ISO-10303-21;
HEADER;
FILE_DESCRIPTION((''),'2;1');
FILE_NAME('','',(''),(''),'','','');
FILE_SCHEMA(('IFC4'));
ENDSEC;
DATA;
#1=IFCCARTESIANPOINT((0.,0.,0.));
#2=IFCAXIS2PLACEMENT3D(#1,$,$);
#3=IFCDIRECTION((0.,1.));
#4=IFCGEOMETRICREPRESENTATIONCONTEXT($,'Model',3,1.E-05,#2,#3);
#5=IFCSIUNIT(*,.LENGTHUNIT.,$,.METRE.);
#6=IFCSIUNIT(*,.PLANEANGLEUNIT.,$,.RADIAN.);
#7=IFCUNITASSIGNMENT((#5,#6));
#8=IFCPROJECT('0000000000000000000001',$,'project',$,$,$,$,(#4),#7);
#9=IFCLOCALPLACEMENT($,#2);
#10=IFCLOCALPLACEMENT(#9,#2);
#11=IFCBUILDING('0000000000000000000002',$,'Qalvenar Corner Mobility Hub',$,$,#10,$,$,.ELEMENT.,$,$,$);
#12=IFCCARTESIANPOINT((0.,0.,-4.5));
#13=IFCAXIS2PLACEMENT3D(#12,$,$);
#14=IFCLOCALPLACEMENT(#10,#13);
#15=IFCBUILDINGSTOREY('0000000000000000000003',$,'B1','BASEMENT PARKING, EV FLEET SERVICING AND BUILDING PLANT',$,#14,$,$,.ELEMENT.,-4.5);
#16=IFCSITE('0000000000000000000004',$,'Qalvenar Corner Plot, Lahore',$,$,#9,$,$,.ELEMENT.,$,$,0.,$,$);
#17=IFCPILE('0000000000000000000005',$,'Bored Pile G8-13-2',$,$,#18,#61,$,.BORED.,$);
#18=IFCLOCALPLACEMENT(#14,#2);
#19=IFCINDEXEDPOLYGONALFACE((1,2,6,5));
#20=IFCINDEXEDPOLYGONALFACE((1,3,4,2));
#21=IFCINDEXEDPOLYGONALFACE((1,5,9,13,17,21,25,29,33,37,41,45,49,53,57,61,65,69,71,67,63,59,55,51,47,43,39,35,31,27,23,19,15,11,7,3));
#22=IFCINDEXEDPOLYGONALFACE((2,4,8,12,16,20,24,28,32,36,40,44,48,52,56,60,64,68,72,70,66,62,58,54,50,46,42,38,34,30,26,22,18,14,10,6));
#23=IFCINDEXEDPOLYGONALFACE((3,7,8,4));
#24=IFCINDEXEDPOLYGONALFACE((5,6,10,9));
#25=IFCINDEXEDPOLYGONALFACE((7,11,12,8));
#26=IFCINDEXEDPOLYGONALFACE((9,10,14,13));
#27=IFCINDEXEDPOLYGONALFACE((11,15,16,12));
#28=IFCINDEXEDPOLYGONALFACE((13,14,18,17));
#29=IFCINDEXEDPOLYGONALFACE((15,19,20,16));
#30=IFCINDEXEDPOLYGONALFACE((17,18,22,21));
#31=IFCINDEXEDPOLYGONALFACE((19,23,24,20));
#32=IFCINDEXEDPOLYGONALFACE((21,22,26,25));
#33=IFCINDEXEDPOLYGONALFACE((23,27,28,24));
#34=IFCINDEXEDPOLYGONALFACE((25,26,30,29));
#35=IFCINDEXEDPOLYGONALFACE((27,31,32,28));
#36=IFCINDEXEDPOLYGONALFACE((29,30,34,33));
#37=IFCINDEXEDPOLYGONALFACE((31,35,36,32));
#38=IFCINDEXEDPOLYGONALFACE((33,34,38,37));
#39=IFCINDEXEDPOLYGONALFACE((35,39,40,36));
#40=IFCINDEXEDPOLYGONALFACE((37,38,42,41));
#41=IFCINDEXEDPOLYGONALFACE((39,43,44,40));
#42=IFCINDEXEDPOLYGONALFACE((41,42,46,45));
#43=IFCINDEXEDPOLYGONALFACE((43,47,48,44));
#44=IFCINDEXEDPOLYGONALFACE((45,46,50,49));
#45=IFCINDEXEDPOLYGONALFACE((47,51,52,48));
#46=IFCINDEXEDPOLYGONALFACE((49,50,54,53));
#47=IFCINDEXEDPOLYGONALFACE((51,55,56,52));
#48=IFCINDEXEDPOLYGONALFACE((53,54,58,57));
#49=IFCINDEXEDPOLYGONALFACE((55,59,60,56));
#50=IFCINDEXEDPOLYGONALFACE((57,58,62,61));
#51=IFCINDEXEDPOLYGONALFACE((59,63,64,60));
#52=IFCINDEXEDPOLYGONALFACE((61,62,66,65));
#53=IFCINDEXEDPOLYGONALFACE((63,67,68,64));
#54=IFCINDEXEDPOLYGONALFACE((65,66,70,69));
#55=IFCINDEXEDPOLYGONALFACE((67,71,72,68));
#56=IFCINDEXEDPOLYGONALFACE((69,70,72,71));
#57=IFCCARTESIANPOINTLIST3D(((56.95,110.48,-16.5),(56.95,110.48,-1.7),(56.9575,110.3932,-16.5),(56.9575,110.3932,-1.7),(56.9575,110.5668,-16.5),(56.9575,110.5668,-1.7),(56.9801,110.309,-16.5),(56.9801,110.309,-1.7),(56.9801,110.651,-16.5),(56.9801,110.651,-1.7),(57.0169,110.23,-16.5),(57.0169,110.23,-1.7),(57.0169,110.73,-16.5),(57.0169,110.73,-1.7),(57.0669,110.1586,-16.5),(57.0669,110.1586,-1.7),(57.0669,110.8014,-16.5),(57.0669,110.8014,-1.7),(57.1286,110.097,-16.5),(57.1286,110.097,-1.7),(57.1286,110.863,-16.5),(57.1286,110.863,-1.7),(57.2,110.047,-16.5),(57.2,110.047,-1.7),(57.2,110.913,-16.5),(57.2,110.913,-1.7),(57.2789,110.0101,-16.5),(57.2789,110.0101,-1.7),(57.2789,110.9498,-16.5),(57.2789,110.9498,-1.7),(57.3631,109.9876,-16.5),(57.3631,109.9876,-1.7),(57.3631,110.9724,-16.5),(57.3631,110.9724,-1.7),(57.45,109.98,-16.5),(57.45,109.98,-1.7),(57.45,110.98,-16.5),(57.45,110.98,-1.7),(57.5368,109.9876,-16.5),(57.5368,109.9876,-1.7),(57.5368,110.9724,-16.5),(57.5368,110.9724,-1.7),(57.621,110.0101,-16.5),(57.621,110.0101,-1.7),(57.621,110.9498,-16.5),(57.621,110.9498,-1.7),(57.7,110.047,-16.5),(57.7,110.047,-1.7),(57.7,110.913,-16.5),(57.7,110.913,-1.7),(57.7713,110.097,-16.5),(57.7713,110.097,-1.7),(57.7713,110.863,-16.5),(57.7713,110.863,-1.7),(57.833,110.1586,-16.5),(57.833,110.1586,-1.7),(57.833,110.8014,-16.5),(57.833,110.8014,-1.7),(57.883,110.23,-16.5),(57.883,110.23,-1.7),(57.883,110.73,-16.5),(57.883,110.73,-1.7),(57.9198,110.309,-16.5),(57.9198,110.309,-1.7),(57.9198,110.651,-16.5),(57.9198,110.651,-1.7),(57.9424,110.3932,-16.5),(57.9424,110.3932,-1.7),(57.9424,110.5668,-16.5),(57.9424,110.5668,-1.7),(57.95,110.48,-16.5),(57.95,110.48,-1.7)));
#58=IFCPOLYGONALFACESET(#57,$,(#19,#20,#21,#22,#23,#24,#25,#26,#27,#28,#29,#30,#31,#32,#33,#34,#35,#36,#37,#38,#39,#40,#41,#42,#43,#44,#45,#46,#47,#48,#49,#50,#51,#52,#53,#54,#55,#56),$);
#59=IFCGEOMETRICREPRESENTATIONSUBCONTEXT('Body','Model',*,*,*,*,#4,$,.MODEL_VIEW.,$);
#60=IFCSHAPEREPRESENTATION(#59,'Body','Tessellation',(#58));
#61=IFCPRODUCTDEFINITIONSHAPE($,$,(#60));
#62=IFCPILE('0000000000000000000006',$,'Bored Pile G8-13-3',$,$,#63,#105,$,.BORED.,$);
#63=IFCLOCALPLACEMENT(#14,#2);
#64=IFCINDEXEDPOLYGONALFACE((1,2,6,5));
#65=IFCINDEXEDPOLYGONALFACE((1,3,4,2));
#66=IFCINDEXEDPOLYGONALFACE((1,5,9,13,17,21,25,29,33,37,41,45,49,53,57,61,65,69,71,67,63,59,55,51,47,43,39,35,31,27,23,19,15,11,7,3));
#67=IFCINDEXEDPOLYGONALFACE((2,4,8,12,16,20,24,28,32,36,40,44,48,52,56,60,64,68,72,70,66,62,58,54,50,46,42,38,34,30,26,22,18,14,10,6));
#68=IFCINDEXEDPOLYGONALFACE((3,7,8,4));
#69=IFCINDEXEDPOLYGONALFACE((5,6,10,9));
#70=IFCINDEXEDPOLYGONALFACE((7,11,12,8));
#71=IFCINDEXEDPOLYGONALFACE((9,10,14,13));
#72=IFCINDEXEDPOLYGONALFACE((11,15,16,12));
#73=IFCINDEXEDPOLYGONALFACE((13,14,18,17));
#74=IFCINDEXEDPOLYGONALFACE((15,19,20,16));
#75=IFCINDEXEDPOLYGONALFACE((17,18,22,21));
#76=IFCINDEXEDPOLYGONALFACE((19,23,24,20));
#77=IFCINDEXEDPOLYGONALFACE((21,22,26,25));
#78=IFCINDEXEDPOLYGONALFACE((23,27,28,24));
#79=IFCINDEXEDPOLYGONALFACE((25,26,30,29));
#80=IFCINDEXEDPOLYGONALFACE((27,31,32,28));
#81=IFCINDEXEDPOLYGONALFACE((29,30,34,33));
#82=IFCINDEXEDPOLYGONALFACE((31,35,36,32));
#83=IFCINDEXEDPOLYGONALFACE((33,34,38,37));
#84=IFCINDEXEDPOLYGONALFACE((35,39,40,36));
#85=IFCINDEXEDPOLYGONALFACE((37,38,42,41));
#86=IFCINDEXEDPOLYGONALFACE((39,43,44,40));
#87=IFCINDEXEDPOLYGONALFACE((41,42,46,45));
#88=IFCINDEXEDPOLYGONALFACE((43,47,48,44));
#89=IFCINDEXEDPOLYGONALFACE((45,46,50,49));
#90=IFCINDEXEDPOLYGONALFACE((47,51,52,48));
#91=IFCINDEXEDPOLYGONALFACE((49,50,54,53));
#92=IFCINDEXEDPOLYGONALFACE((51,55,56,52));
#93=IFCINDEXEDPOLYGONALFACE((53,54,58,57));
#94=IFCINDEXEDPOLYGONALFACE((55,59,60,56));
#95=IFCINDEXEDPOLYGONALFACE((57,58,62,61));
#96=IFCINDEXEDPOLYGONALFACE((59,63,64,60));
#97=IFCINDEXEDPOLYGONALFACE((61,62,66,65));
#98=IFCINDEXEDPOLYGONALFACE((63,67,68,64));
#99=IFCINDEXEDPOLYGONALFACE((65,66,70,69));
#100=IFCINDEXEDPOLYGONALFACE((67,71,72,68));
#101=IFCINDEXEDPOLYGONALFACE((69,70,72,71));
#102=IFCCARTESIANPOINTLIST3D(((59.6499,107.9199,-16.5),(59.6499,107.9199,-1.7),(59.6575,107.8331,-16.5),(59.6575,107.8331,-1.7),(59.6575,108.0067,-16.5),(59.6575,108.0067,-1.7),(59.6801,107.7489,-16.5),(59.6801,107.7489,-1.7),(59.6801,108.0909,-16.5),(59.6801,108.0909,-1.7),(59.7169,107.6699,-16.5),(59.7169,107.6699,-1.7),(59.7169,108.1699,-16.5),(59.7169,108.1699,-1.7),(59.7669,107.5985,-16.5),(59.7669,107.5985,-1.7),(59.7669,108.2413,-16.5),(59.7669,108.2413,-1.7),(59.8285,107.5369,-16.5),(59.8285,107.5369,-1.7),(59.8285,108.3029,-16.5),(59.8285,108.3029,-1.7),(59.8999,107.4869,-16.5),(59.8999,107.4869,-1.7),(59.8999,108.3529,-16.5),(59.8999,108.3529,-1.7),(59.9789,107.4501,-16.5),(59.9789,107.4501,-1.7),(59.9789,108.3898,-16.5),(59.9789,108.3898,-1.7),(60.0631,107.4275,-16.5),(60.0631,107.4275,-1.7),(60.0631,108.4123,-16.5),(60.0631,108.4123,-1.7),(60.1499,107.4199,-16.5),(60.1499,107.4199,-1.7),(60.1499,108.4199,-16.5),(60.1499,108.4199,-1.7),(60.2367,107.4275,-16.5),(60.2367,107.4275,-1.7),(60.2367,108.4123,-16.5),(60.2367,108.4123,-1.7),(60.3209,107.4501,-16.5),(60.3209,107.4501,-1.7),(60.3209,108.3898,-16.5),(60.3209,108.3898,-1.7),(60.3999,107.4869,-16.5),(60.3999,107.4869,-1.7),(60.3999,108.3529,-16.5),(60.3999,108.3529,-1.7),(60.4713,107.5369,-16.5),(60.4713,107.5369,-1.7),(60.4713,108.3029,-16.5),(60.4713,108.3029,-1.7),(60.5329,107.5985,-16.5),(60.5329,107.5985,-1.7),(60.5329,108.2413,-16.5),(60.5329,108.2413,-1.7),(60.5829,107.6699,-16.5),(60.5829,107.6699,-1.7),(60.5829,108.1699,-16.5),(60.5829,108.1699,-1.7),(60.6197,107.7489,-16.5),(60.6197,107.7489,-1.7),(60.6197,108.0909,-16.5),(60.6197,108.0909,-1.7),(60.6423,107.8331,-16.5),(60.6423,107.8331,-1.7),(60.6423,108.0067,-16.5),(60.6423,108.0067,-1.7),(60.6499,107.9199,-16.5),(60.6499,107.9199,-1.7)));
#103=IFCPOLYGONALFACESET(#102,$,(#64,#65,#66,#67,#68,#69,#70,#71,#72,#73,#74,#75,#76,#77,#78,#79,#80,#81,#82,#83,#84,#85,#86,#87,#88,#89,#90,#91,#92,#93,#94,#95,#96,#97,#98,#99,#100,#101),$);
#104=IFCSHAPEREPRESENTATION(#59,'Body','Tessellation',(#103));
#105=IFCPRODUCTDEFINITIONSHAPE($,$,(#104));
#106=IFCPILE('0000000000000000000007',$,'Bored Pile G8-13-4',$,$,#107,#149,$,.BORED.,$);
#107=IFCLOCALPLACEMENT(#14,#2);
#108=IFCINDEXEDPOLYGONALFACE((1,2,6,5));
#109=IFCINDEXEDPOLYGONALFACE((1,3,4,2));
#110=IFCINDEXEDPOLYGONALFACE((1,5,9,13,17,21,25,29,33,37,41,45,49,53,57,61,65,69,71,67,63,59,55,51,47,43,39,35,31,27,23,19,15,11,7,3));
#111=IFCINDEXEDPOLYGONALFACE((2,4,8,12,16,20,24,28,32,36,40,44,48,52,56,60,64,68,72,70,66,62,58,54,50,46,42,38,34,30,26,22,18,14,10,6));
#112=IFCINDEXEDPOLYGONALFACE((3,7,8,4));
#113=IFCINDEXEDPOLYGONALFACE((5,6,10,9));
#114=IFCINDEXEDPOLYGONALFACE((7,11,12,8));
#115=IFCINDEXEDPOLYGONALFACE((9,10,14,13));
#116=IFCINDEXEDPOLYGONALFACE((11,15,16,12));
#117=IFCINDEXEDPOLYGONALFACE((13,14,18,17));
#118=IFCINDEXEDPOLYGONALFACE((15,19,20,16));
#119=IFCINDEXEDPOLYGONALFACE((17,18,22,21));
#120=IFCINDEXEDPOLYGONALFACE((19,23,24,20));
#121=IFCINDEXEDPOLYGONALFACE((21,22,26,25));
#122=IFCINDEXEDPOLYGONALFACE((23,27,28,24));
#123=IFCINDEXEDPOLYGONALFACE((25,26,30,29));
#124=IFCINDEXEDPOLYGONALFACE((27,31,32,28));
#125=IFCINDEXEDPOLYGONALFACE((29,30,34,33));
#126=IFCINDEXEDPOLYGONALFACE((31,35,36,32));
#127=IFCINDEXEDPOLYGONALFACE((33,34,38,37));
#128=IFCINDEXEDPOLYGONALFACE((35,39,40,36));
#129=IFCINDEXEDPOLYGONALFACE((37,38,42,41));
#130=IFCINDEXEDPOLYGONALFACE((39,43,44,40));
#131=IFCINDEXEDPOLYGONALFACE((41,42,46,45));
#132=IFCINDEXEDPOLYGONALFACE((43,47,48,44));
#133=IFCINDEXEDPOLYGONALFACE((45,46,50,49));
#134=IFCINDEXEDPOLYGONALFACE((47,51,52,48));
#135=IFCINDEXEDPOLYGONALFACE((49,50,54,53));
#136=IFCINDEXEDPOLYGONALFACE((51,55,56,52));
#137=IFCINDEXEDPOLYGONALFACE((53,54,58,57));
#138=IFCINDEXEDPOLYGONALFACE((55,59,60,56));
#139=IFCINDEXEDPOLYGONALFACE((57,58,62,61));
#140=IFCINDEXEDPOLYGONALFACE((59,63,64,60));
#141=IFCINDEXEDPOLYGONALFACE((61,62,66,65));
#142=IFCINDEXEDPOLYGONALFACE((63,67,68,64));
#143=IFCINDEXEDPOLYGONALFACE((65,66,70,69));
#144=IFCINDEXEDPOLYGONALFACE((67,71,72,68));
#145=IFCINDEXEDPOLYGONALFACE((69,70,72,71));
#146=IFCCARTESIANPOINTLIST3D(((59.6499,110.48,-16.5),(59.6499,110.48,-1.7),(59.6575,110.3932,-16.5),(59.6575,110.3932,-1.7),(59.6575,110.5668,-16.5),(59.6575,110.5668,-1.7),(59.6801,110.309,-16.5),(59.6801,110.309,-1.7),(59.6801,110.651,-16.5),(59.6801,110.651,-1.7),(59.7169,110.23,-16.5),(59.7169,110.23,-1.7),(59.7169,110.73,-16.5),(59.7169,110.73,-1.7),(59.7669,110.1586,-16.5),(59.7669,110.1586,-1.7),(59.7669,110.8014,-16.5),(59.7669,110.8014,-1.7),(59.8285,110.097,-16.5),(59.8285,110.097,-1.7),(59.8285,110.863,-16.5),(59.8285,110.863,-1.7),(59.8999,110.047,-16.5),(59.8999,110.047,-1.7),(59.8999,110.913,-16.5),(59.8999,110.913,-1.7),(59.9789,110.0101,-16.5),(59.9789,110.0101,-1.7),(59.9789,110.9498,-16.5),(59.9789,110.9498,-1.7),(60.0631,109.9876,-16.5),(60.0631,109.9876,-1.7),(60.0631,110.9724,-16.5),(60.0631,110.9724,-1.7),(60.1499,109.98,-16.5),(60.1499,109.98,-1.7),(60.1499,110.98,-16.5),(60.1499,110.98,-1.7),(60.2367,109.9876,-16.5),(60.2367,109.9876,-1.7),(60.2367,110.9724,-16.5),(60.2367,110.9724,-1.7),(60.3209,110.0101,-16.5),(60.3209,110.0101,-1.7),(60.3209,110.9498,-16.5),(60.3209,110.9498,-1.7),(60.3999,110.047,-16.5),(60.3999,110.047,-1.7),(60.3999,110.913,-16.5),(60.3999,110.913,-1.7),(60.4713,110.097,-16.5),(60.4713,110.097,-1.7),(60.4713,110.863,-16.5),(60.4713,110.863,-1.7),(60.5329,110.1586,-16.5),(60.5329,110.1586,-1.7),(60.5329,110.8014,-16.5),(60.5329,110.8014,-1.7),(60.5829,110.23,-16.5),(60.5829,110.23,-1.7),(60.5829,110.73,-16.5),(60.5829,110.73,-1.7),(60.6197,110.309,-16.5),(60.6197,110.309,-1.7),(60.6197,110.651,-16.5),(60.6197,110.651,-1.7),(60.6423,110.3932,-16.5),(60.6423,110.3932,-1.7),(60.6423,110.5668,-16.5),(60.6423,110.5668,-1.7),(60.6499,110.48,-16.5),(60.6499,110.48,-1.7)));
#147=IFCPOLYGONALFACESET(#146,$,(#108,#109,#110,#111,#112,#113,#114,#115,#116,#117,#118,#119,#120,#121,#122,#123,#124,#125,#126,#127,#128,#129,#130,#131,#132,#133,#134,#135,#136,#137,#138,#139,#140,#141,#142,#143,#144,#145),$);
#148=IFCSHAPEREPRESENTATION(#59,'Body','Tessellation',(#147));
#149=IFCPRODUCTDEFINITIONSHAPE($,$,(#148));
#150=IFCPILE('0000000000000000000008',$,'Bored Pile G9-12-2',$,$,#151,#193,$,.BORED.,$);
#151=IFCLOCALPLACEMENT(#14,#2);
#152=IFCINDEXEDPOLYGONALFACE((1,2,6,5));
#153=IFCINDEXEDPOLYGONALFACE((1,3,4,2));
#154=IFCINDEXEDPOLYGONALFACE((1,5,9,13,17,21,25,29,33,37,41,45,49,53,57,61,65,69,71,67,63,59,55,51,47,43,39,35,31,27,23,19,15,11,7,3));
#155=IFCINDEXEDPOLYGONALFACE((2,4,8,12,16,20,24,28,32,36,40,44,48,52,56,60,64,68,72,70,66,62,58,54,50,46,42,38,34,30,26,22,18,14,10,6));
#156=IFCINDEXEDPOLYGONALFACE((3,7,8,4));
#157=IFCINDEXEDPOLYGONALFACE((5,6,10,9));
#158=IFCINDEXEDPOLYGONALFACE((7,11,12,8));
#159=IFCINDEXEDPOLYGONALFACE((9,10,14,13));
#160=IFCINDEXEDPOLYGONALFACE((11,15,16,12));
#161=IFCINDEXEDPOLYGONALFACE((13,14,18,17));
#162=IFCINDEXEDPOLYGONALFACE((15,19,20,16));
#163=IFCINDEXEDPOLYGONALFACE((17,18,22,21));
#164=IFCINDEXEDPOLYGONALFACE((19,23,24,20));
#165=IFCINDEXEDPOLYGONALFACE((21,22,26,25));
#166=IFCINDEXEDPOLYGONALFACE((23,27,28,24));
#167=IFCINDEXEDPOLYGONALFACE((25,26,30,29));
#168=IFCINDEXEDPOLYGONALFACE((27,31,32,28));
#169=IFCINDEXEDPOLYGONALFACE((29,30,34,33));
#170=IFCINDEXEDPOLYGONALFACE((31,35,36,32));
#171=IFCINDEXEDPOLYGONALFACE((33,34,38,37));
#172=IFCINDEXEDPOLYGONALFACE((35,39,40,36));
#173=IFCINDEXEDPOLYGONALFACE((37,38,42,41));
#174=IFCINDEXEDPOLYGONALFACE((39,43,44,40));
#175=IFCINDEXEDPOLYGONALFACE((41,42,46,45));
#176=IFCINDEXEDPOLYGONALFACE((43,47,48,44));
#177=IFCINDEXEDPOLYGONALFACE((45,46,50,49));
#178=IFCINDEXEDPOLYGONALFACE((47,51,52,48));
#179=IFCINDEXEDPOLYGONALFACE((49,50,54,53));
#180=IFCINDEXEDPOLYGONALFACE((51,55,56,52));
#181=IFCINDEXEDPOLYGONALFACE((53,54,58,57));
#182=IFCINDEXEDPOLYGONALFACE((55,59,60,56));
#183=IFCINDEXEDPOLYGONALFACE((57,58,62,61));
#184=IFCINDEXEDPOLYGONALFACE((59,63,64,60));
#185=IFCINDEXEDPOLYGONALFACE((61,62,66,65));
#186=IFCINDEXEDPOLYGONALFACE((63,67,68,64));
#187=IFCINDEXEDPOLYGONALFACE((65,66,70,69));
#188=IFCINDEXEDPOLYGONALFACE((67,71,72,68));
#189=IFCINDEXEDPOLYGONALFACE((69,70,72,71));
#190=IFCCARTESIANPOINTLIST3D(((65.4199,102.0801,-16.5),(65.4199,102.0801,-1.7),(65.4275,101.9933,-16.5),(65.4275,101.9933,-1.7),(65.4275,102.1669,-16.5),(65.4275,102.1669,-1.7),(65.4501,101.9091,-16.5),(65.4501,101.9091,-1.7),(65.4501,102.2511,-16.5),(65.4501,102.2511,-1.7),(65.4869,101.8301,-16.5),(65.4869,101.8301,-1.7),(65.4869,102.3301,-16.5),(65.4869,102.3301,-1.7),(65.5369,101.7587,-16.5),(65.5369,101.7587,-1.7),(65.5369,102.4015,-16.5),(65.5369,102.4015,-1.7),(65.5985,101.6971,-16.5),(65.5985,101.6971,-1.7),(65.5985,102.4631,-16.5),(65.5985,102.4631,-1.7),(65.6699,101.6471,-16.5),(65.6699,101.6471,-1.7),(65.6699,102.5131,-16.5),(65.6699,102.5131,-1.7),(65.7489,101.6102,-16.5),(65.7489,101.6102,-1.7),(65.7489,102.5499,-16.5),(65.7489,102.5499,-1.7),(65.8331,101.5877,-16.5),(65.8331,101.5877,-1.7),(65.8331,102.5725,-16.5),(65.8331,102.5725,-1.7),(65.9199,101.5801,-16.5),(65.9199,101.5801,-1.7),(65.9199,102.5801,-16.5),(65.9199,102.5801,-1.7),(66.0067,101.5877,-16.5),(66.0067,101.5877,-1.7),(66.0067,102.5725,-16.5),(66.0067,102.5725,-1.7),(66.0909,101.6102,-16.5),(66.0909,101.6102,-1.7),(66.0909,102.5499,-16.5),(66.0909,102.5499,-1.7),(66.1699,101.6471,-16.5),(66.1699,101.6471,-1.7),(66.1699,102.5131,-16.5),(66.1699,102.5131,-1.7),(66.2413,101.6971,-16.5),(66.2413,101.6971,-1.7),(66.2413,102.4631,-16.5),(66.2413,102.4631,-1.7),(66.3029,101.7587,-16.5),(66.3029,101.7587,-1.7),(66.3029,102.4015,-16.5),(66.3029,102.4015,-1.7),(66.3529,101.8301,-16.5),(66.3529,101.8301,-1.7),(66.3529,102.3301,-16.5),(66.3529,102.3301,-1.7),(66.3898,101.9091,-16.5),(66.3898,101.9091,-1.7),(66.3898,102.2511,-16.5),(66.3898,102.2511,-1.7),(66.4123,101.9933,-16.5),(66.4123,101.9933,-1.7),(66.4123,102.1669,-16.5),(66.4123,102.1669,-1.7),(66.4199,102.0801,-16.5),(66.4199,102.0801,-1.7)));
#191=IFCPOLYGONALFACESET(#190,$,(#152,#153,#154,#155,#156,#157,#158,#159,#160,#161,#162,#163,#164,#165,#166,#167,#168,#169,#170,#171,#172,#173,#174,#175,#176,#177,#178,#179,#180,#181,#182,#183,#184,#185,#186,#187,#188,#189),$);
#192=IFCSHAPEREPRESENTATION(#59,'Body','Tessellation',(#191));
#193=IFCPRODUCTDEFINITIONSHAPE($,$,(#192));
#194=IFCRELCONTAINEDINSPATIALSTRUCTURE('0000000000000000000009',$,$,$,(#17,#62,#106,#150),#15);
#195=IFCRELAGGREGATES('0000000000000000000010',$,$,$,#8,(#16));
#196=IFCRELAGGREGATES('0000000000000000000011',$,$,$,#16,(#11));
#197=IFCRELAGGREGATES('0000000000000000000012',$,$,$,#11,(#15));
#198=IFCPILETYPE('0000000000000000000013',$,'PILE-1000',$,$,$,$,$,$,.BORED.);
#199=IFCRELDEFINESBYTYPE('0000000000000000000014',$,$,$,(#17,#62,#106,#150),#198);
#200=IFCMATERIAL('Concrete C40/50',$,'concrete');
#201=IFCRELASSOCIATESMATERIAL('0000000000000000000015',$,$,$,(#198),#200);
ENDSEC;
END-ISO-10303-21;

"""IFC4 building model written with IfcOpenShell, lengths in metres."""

from ifc_helpers import new_model, si_unit, direction, frame, origin, origin_2d, place, context, subcontext, project, spatial, circle, extrude, material, material_profile, profile_set, type_object, element, save


model = new_model("IFC4")

# Units and contexts
model_context = context("Model", 3, precision=1e-05, world=origin(), true_north=direction((0.0, 1.0)))
body_context = subcontext(model_context, "Body", "Model", "MODEL_VIEW")
ifc_project = project(units=[si_unit("LENGTHUNIT", "METRE"), si_unit("PLANEANGLEUNIT", "RADIAN")], contexts=[model_context])

# Site, building, storey
site_placement = place(None, origin())
site = spatial("IfcSite", under=ifc_project, at=site_placement, Name="Qalvenar Corner Plot, Lahore", CompositionType="ELEMENT", RefElevation=0.0)
building_placement = place(site_placement, origin())
building = spatial("IfcBuilding", under=site, at=building_placement, Name="Qalvenar Corner Mobility Hub", CompositionType="ELEMENT")
storey_placement = place(building_placement, frame((0.0, 0.0, -4.5)))
storey = spatial("IfcBuildingStorey", under=building, at=storey_placement, Name="B1", Description="BASEMENT PARKING, EV FLEET SERVICING AND BUILDING PLANT", CompositionType="ELEMENT", Elevation=-4.5)

# Shared definitions
ifc_material_1 = material(Name="Concrete C40/50", Category="concrete")

# Piles
ifc_material_profile_1 = material_profile(ifc_material_1, circle(Radius=0.5, at=origin_2d()), Name="DIA1000")
ifc_profile_set_1 = profile_set([ifc_material_profile_1], Name="Concrete C40/50")
pile_type = type_object("IfcPileType", Name="PILE-1000", PredefinedType="BORED", material=ifc_profile_set_1)
for number, where, z_axis, x_axis, name in (
    (1, (57.45, 110.48, -1.7), (0.0, 0.0, -1.0), (1.0, 0.0, 0.0), "Bored Pile G8-13-2"),
    (2, (60.1499, 107.9199, -1.7), (0.0, 0.0, -1.0), (1.0, 0.0, 0.0), "Bored Pile G8-13-3"),
    (3, (60.1499, 110.48, -1.7), (0.0, 0.0, -1.0), (1.0, 0.0, 0.0), "Bored Pile G8-13-4"),
    (4, (65.9199, 102.0801, -1.7), (0.0, 0.0, -1.0), (1.0, 0.0, 0.0), "Bored Pile G9-12-2"),
):
    element("IfcPile", number, at=place(storey_placement, frame(where, z_axis=z_axis, x_axis=x_axis)), inside=storey, type_object=pile_type, Name=name, PredefinedType="BORED", context=body_context, shape_type="SweptSolid", body=[
        extrude(circle(Radius=0.5, at=origin_2d()), origin(), (0.0, 0.0, 1.0), 14.8),
    ])

save(model, "model.ifc")
